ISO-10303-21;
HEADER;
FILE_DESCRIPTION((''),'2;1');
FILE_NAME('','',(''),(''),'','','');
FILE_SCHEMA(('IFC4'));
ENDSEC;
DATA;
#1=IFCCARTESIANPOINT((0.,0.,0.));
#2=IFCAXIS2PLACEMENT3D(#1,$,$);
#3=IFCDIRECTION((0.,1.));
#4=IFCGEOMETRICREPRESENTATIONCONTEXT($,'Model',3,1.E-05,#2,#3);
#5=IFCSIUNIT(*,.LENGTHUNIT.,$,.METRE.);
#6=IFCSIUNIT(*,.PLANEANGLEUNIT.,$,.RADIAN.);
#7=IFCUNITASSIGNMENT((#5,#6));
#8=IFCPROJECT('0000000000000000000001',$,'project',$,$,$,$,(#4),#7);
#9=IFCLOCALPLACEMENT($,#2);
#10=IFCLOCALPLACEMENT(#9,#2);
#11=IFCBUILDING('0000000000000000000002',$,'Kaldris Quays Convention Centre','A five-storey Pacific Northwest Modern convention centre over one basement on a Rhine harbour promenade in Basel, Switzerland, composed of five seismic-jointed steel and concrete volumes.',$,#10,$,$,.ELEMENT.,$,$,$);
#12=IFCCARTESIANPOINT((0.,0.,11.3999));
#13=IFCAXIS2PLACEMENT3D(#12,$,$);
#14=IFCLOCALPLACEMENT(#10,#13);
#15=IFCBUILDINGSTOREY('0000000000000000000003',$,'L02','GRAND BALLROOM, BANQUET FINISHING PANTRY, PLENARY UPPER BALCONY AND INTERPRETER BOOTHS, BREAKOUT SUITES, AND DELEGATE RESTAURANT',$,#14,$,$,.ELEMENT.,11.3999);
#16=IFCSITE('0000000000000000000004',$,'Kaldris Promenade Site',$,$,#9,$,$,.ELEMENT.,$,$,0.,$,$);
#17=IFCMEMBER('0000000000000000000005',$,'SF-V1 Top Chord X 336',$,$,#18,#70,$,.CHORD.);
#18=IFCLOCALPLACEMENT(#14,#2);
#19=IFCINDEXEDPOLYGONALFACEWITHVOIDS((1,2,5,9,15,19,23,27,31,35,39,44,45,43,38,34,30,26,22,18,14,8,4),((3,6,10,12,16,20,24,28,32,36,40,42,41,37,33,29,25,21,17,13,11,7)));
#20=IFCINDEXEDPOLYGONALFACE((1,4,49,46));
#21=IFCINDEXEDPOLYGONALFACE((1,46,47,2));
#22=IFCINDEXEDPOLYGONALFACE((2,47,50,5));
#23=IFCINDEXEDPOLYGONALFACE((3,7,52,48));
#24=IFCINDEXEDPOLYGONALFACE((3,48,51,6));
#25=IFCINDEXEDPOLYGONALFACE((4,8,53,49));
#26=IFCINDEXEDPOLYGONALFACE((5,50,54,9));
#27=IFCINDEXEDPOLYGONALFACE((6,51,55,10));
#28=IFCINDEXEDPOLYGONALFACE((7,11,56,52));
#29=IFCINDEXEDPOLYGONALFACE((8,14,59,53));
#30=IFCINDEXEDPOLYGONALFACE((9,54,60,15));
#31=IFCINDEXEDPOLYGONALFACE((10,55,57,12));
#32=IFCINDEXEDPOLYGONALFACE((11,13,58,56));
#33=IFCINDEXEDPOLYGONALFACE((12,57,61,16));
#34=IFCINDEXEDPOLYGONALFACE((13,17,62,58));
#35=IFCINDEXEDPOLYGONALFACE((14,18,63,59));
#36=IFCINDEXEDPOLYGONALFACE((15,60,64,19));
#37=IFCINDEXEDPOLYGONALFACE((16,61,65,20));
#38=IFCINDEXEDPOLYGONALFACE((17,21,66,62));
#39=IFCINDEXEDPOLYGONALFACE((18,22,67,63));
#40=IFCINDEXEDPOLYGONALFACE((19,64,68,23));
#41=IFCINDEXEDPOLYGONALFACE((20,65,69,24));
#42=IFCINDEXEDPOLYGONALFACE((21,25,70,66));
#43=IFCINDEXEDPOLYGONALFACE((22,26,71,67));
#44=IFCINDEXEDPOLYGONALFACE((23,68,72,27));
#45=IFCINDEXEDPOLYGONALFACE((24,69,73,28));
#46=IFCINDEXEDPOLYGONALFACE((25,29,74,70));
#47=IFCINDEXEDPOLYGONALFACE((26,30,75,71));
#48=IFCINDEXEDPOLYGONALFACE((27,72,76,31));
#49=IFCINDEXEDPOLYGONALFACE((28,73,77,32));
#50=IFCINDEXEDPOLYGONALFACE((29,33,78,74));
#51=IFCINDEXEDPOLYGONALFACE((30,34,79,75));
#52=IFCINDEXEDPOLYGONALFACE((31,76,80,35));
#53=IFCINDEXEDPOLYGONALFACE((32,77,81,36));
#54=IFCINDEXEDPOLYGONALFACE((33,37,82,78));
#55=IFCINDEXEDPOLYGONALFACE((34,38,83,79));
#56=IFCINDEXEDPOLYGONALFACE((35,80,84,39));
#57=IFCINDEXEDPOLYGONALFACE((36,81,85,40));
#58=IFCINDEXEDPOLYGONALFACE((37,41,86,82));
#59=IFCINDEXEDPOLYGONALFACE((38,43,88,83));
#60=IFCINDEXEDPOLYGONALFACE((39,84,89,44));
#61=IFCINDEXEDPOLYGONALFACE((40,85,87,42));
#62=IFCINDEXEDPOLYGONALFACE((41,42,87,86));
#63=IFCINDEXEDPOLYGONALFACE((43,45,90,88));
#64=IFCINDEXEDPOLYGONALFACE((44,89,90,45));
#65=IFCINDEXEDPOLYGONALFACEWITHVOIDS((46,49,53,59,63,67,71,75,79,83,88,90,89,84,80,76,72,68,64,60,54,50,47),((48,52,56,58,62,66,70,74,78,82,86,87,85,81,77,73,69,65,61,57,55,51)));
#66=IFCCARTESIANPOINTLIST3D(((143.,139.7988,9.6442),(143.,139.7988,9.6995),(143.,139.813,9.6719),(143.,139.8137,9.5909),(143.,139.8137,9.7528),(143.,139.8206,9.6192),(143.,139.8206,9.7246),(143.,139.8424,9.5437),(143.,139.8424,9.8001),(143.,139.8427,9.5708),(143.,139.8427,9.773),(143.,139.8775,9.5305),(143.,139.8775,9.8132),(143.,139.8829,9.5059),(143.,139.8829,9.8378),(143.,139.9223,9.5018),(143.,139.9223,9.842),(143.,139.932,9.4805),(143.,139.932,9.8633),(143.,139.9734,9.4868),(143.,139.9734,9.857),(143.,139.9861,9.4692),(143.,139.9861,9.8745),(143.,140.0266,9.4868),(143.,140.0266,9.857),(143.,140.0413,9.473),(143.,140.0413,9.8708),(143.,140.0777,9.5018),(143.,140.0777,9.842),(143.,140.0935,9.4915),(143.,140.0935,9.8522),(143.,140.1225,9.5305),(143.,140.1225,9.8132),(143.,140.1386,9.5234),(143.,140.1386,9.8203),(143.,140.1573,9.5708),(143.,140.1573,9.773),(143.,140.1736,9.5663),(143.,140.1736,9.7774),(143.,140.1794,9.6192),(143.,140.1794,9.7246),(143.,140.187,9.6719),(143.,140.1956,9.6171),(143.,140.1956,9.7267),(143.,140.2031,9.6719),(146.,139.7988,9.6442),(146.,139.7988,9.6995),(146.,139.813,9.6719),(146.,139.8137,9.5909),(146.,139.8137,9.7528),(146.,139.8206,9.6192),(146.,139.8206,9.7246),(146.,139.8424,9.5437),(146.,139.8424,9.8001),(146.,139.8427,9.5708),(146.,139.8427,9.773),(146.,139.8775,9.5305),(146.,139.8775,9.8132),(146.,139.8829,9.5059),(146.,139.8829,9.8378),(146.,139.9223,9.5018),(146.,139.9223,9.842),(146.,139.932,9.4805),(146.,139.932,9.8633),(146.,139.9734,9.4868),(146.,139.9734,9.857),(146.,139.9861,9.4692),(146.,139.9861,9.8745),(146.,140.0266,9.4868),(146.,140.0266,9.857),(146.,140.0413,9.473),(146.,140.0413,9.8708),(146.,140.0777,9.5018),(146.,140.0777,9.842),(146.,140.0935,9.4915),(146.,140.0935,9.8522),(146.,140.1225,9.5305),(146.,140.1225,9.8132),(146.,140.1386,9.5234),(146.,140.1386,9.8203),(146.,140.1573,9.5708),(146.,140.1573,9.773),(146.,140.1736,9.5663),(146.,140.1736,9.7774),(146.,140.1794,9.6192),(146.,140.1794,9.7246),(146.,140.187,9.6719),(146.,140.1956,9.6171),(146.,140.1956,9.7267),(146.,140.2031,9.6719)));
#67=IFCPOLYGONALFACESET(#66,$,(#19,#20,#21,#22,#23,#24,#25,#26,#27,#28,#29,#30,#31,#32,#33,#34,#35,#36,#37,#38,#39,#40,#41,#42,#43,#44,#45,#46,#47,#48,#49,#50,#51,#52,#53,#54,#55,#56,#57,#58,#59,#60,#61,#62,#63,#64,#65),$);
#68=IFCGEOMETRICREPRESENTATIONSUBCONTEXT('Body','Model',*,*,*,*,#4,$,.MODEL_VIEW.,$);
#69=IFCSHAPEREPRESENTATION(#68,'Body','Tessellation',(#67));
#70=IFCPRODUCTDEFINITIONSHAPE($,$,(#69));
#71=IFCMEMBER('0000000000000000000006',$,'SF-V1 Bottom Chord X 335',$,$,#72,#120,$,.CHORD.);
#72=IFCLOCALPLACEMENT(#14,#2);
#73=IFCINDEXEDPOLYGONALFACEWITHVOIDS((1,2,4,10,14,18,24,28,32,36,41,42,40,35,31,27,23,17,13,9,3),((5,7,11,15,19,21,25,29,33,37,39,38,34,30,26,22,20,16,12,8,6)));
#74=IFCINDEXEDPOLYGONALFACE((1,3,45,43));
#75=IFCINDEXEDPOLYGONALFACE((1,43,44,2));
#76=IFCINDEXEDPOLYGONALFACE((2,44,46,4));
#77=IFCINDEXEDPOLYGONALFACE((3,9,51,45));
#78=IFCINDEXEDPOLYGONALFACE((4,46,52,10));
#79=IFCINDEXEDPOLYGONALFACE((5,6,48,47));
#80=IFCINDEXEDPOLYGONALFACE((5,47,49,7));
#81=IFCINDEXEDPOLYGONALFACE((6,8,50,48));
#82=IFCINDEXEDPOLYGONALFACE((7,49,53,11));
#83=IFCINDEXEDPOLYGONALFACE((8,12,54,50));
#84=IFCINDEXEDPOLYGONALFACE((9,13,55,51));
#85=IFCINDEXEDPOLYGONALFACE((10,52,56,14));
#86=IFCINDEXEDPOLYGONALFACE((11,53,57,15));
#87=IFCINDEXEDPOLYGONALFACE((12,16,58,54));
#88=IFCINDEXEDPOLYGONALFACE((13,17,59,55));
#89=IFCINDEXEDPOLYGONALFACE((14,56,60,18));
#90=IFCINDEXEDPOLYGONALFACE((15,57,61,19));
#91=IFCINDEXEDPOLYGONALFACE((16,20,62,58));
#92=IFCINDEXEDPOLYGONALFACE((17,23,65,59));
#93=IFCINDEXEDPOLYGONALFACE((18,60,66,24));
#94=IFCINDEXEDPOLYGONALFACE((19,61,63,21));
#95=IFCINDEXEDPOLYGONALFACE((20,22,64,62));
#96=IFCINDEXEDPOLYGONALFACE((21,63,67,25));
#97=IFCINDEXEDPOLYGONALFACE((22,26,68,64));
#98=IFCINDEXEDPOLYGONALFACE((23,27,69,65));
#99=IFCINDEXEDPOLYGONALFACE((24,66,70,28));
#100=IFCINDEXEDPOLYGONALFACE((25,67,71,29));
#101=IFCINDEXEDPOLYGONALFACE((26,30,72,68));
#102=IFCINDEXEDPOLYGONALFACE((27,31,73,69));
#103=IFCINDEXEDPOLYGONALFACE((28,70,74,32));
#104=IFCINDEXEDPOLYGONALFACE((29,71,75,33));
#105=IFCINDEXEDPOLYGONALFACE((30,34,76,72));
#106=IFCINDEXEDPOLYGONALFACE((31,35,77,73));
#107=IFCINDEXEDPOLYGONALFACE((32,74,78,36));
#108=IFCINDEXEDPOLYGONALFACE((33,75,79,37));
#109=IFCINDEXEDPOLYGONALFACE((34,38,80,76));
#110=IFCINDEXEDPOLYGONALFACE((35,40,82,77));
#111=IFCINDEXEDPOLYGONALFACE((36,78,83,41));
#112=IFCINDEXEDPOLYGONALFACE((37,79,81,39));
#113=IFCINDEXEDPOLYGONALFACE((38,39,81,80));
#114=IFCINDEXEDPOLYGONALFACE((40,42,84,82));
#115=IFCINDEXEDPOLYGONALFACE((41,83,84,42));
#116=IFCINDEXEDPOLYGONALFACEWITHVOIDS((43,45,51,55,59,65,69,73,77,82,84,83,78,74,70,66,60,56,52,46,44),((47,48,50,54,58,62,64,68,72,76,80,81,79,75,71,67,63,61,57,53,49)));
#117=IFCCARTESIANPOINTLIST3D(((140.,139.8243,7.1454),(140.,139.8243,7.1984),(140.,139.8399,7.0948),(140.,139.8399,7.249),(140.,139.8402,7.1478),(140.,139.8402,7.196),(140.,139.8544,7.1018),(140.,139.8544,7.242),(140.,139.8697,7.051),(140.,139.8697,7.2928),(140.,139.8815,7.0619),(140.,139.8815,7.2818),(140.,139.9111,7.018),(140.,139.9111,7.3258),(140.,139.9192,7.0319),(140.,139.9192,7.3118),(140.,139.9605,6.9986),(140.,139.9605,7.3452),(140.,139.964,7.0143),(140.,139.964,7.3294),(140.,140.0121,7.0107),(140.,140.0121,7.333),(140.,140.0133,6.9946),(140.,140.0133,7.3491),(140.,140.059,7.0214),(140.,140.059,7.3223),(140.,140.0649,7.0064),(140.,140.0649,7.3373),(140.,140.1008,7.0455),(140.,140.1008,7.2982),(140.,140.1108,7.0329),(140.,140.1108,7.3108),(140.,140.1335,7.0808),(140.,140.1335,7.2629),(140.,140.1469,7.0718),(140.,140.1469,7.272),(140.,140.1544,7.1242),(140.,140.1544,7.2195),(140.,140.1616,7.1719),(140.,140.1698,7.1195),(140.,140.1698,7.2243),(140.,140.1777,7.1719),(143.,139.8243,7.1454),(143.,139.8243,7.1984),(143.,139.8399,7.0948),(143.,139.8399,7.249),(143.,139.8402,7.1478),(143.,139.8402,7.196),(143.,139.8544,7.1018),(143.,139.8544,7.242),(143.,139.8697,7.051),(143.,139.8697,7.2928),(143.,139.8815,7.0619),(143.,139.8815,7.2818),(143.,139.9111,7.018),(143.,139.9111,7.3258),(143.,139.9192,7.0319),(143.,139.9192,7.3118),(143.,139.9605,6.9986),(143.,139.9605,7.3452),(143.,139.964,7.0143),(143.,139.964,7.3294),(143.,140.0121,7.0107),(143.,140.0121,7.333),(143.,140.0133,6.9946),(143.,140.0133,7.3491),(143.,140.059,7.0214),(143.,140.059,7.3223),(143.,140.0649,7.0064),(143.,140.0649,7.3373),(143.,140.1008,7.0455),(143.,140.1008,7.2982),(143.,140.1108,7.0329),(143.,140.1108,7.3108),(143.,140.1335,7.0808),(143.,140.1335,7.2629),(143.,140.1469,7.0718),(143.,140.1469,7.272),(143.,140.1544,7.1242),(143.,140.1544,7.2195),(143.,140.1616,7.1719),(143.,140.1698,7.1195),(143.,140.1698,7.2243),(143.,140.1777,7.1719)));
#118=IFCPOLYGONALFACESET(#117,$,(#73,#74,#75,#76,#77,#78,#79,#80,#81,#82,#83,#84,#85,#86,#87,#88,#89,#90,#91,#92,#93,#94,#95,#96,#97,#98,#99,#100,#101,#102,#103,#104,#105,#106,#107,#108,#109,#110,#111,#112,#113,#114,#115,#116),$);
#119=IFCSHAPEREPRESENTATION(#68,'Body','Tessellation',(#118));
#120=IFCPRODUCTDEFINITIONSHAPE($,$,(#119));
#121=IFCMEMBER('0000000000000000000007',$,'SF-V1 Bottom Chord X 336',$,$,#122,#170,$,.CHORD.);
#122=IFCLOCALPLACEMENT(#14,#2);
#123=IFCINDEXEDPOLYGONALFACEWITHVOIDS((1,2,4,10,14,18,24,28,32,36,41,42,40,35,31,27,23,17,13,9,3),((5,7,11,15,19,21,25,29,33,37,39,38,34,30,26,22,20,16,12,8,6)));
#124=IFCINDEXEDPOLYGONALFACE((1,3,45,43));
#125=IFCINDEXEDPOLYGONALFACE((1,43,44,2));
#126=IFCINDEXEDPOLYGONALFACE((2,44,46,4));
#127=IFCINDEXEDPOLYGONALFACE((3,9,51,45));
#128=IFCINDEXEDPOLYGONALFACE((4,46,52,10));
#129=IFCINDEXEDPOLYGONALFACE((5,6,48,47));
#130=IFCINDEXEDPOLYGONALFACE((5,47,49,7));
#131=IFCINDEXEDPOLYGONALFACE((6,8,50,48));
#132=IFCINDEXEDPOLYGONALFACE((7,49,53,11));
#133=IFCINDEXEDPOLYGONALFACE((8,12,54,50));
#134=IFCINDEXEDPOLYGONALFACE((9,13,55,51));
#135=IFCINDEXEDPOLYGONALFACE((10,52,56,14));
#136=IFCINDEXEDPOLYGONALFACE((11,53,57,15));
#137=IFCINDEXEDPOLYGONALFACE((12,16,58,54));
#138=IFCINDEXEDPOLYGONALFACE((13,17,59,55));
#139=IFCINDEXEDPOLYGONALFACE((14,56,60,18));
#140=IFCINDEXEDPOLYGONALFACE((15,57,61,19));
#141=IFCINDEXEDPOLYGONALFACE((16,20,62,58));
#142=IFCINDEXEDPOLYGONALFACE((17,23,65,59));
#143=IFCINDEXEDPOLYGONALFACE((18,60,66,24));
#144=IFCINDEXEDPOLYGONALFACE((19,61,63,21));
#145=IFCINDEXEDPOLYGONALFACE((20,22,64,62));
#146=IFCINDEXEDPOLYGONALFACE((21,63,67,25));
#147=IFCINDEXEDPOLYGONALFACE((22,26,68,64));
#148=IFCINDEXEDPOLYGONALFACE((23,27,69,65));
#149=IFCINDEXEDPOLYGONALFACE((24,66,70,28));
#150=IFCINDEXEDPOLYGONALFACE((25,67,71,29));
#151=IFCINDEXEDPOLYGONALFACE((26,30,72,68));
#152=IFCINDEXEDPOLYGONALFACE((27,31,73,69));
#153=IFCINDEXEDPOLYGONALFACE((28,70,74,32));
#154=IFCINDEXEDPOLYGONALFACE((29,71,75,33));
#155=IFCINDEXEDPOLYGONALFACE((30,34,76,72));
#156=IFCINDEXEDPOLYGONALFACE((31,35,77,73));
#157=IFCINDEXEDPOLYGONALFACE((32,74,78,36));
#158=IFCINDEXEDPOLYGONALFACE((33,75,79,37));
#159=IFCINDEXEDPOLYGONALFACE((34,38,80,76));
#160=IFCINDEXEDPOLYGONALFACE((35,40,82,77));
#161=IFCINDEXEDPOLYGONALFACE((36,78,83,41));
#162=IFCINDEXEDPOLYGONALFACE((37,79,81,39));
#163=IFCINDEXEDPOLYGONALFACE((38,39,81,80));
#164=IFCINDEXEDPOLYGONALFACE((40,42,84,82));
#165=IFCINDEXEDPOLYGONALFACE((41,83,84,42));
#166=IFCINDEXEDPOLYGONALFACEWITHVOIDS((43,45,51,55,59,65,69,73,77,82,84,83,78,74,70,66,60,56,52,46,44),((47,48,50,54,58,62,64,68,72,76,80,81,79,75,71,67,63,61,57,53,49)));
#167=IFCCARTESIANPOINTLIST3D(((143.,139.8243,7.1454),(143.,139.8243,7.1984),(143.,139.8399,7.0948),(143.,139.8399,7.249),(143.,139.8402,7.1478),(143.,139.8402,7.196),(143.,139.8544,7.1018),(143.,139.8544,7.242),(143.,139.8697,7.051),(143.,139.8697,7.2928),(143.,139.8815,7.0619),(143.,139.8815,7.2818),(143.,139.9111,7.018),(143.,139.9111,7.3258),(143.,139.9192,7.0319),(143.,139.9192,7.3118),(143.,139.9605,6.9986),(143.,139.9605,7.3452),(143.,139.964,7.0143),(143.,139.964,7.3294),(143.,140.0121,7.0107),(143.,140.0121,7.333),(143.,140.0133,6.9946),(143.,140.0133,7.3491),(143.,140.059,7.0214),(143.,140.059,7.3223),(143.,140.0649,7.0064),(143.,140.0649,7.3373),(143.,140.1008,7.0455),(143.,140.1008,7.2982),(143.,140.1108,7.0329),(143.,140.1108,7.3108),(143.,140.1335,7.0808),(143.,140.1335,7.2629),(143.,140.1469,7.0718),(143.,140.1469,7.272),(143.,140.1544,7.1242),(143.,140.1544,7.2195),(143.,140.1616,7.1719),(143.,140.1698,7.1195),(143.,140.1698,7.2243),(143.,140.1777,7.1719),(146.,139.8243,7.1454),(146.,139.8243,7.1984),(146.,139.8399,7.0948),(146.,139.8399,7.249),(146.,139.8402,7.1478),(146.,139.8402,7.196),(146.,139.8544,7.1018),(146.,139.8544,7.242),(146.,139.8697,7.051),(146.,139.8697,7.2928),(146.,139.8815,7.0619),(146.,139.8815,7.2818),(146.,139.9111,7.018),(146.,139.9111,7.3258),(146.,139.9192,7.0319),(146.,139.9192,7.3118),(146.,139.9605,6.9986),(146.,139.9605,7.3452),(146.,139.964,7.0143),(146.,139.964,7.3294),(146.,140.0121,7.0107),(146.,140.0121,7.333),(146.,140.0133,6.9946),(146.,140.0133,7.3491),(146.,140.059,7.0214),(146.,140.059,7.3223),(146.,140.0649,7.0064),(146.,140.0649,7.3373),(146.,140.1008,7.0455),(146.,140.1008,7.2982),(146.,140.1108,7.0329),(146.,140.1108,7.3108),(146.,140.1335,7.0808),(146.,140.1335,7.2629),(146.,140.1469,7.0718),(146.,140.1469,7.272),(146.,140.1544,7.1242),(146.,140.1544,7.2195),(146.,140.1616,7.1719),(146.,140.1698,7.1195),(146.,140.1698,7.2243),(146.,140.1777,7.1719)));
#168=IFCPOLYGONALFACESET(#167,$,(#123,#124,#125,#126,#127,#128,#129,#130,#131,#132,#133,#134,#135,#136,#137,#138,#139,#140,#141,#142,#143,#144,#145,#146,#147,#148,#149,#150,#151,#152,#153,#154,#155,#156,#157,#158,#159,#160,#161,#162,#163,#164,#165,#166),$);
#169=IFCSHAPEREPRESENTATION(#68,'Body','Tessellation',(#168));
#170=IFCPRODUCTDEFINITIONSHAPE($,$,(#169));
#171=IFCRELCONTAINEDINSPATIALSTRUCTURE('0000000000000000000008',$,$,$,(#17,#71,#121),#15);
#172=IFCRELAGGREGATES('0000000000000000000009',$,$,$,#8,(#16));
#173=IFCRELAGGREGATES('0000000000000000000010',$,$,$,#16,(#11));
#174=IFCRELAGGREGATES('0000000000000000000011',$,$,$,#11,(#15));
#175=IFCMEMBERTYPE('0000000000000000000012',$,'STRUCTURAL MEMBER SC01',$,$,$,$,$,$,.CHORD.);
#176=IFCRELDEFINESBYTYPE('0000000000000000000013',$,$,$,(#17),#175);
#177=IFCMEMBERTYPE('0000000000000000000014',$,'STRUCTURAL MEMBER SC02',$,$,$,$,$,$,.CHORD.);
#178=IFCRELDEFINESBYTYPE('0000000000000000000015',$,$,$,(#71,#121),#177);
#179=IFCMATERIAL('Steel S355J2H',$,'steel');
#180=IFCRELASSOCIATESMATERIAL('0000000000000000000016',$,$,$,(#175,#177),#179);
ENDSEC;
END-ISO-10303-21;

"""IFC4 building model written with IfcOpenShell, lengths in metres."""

from ifc_helpers import new_model, si_unit, direction, frame, origin, origin_2d, place, context, subcontext, project, spatial, hollow_circle, extrude, material, material_profile, profile_set, type_object, element, save


model = new_model("IFC4")

# Units and contexts
model_context = context("Model", 3, precision=1e-05, world=origin(), true_north=direction((0.0, 1.0)))
body_context = subcontext(model_context, "Body", "Model", "MODEL_VIEW")
ifc_project = project(units=[si_unit("LENGTHUNIT", "METRE"), si_unit("PLANEANGLEUNIT", "RADIAN")], contexts=[model_context])

# Site, building, storey
site_placement = place(None, origin())
site = spatial("IfcSite", under=ifc_project, at=site_placement, Name="Kaldris Promenade Site", CompositionType="ELEMENT", RefElevation=0.0)
building_placement = place(site_placement, origin())
building = spatial("IfcBuilding", under=site, at=building_placement, Name="Kaldris Quays Convention Centre", Description="A five-storey Pacific Northwest Modern convention centre over one basement on a Rhine harbour promenade in Basel, Switzerland, composed of five seismic-jointed steel and concrete volumes.", CompositionType="ELEMENT")
storey_placement = place(building_placement, frame((0.0, 0.0, 11.3999)))
storey = spatial("IfcBuildingStorey", under=building, at=storey_placement, Name="L02", Description="GRAND BALLROOM, BANQUET FINISHING PANTRY, PLENARY UPPER BALCONY AND INTERPRETER BOOTHS, BREAKOUT SUITES, AND DELEGATE RESTAURANT", CompositionType="ELEMENT", Elevation=11.3999)

# Members
ifc_material_1 = material(Name="Steel S355J2H", Category="steel")
ifc_material_profile_1 = material_profile(ifc_material_1, hollow_circle(Radius=0.2031, WallThickness=0.0161, at=origin_2d()), Name="CHS 406.4x16")
ifc_profile_set_1 = profile_set([ifc_material_profile_1], Name="Steel S355J2H")
member_type_1 = type_object("IfcMemberType", Name="STRUCTURAL MEMBER SC01", PredefinedType="CHORD", material=ifc_profile_set_1)
for number, where, z_axis, x_axis, name in (
    (1, (143.0, 140.0, 9.6719), (1.0, 0.0, 0.0), (0.0, 1.0, 0.0), "SF-V1 Top Chord X 336"),
):
    element("IfcMember", number, at=place(storey_placement, frame(where, z_axis=z_axis, x_axis=x_axis)), inside=storey, type_object=member_type_1, Name=name, PredefinedType="CHORD", context=body_context, shape_type="SweptSolid", body=[
        extrude(hollow_circle(Radius=0.2031, WallThickness=0.0161, at=origin_2d()), origin(), (0.0, 0.0, 1.0), 3.0),
    ])
ifc_material_profile_2 = material_profile(ifc_material_1, hollow_circle(Radius=0.1777, WallThickness=0.0161, at=origin_2d()), Name="CHS 355.6x16")
ifc_profile_set_2 = profile_set([ifc_material_profile_2], Name="Steel S355J2H")
member_type_2 = type_object("IfcMemberType", Name="STRUCTURAL MEMBER SC02", PredefinedType="CHORD", material=ifc_profile_set_2)
for number, where, z_axis, x_axis, name in (
    (2, (140.0, 140.0, 7.1719), (1.0, 0.0, 0.0), (0.0, 1.0, 0.0), "SF-V1 Bottom Chord X 335"),
    (3, (143.0, 140.0, 7.1719), (1.0, 0.0, 0.0), (0.0, 1.0, 0.0), "SF-V1 Bottom Chord X 336"),
):
    element("IfcMember", number, at=place(storey_placement, frame(where, z_axis=z_axis, x_axis=x_axis)), inside=storey, type_object=member_type_2, Name=name, PredefinedType="CHORD", context=body_context, shape_type="SweptSolid", body=[
        extrude(hollow_circle(Radius=0.1777, WallThickness=0.0161, at=origin_2d()), origin(), (0.0, 0.0, 1.0), 3.0),
    ])

save(model, "model.ifc")
